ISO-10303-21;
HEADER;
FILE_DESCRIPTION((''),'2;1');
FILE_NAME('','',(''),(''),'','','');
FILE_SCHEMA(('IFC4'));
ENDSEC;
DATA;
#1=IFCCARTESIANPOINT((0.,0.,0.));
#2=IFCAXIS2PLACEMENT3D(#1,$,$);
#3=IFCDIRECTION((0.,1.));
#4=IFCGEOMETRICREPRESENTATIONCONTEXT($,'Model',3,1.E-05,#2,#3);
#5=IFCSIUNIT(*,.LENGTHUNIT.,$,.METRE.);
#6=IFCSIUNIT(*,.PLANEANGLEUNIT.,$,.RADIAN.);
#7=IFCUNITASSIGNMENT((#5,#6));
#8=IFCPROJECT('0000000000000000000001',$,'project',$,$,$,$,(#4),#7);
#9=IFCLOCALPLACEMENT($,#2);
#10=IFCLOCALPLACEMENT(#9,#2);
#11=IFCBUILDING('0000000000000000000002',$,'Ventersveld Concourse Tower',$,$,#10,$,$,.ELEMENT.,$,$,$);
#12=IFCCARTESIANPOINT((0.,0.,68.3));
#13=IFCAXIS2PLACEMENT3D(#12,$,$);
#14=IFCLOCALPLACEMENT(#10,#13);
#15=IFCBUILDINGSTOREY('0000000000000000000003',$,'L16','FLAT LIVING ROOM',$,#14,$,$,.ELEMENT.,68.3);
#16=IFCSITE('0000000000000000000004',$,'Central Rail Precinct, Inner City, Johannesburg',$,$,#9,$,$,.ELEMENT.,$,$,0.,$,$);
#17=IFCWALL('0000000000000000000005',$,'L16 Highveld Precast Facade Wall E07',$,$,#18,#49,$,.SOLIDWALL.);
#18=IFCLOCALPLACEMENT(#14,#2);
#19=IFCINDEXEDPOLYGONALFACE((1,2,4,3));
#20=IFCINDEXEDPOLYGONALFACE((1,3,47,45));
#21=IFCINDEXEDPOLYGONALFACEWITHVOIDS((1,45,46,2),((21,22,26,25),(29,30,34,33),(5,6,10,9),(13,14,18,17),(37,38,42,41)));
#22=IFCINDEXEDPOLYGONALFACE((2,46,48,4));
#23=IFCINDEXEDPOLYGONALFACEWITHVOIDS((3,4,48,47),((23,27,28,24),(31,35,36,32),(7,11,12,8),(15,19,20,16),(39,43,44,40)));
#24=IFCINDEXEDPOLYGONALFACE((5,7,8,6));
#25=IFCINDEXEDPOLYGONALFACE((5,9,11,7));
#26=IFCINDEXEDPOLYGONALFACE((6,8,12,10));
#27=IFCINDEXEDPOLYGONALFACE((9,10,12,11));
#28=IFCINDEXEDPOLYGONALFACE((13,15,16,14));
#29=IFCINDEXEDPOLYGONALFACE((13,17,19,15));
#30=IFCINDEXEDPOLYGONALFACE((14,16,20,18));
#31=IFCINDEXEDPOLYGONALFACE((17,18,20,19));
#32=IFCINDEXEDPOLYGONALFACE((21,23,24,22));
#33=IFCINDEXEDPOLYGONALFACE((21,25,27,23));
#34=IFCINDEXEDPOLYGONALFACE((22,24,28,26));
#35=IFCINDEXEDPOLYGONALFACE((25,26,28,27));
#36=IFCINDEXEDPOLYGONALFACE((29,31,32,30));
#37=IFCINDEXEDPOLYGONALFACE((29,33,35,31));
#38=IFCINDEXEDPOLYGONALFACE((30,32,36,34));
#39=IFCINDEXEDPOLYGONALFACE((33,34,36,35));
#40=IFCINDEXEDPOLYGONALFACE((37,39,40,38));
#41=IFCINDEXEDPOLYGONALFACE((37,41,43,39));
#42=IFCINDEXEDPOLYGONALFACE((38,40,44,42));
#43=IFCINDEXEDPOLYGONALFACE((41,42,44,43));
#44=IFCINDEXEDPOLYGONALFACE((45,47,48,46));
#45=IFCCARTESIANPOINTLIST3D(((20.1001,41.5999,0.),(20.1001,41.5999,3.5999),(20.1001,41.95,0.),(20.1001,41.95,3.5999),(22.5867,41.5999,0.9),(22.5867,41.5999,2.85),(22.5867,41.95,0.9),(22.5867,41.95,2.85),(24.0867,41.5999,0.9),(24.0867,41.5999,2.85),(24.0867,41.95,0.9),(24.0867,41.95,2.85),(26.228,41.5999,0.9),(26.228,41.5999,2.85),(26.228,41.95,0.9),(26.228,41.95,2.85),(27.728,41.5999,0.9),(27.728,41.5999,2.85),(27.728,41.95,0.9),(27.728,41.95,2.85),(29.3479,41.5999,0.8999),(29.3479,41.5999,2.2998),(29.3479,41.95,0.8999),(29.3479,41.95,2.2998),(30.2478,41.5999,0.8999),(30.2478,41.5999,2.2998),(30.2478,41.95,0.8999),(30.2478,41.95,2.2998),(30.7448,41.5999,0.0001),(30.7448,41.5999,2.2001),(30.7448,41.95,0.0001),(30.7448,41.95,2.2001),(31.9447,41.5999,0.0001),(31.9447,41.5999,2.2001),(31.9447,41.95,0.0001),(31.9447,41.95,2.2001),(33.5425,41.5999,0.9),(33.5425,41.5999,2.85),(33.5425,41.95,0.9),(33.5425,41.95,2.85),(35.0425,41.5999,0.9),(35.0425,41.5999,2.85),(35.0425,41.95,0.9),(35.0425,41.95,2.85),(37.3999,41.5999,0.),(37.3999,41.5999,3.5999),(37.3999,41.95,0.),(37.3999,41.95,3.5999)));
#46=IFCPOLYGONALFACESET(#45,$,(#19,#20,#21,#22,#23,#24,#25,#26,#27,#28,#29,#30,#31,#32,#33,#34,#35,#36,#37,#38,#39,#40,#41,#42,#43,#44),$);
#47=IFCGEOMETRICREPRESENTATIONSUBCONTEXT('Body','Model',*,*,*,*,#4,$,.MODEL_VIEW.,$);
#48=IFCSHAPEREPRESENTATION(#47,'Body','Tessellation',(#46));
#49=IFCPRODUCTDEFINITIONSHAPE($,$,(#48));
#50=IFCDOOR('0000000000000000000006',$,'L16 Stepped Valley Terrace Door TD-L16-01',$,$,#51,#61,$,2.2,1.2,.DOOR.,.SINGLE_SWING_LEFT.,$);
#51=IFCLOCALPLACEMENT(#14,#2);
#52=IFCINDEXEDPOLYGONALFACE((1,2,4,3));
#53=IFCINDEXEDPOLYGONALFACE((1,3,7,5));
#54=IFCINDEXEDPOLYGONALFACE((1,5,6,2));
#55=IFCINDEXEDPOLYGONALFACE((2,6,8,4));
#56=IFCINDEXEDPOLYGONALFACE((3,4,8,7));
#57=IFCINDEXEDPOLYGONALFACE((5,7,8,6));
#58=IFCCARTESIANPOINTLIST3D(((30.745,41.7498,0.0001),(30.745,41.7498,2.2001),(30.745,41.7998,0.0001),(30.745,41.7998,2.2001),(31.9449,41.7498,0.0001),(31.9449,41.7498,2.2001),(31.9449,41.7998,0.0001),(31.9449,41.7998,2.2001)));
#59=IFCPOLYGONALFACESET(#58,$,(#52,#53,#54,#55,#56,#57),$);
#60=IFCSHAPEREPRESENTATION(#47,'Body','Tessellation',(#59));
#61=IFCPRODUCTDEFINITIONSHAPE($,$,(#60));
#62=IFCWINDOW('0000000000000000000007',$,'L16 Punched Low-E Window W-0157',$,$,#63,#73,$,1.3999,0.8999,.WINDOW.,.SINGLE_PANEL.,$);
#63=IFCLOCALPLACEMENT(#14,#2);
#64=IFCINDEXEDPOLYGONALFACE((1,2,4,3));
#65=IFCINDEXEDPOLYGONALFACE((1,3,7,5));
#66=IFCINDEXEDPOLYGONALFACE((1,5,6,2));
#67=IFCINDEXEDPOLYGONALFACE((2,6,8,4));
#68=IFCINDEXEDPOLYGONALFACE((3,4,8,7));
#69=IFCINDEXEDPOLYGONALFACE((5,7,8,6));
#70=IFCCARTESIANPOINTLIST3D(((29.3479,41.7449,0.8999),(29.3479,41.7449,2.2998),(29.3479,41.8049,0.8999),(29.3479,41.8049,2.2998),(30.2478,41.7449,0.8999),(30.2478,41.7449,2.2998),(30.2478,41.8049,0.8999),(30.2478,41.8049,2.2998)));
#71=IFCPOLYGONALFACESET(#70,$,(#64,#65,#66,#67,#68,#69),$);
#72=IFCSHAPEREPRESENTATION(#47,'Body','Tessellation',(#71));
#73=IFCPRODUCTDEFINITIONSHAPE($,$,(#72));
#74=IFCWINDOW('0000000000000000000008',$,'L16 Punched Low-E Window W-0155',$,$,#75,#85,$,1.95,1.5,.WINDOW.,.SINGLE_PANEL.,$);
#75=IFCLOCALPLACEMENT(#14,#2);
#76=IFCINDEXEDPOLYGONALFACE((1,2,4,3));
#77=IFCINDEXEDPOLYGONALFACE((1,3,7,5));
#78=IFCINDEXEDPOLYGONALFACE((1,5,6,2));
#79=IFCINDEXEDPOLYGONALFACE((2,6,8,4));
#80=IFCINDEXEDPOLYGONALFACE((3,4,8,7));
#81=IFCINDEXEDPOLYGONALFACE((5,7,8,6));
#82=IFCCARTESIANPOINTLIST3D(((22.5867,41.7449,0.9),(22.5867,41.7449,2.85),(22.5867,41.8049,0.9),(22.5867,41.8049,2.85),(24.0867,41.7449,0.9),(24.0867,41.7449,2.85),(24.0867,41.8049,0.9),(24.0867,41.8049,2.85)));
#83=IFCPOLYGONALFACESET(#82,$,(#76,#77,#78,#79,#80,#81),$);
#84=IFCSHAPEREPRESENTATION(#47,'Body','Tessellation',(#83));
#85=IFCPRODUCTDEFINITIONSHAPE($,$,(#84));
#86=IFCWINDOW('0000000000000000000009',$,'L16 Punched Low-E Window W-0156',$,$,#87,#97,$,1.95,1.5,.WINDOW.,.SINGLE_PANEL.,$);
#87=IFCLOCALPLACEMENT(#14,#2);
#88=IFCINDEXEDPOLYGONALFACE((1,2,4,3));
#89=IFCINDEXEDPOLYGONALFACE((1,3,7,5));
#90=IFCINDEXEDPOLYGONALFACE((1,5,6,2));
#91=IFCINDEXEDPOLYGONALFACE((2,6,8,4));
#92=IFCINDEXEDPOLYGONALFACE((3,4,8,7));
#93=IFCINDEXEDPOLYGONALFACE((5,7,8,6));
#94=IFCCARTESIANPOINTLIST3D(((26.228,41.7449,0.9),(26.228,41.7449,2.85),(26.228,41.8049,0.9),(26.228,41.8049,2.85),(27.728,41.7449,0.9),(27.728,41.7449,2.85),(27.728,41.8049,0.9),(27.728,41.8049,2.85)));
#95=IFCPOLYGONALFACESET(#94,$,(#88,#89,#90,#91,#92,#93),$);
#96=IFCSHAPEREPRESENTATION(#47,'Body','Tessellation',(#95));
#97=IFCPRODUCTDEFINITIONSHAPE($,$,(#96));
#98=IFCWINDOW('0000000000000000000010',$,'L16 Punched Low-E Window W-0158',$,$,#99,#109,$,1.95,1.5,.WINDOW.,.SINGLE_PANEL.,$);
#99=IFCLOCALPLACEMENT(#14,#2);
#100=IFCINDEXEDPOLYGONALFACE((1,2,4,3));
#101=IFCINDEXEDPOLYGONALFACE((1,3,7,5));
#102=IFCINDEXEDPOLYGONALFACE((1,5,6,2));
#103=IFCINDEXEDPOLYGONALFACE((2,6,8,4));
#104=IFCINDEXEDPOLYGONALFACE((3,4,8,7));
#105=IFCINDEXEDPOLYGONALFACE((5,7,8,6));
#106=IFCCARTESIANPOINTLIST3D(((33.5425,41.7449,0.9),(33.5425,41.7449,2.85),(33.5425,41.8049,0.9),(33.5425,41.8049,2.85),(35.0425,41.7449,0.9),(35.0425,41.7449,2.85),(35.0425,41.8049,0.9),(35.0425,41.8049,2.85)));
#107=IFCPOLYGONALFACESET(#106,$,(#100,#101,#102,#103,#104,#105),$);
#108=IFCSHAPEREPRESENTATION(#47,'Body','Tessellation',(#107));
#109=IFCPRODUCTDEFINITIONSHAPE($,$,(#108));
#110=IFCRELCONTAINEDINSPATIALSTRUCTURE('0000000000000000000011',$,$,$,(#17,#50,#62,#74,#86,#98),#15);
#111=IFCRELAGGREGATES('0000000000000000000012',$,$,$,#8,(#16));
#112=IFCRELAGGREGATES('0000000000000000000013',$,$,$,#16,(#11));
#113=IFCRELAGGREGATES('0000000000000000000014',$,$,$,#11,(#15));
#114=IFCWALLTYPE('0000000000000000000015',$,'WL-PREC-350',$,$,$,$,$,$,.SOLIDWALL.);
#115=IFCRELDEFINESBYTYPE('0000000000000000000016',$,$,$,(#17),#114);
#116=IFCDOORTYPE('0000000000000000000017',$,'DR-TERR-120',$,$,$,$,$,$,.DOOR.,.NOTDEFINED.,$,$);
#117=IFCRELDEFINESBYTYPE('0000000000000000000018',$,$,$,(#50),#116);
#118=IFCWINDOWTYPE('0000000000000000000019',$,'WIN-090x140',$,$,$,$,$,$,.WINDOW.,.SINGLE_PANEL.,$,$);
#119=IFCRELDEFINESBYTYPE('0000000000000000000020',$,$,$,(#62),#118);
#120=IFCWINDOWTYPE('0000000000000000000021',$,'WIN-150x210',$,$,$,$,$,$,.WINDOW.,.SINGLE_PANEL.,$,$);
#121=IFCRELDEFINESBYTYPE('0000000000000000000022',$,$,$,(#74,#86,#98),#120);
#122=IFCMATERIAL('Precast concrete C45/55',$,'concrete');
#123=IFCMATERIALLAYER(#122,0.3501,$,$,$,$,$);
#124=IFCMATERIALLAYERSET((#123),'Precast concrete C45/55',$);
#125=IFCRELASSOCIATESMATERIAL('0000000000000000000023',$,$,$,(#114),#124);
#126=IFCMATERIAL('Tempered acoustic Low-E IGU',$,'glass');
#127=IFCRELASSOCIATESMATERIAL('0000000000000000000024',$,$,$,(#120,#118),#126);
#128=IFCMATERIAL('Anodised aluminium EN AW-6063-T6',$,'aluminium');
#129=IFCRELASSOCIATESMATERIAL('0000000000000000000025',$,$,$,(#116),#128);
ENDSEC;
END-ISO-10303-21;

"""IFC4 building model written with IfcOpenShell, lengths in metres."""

from ifc_helpers import new_model, si_unit, direction, frame, frame_2d, origin, place, context, subcontext, project, spatial, rectangle, extrude, material, layer, layer_set, type_object, element, fill, save


model = new_model("IFC4")

# Units and contexts
model_context = context("Model", 3, precision=1e-05, world=origin(), true_north=direction((0.0, 1.0)))
body_context = subcontext(model_context, "Body", "Model", "MODEL_VIEW")
ifc_project = project(units=[si_unit("LENGTHUNIT", "METRE"), si_unit("PLANEANGLEUNIT", "RADIAN")], contexts=[model_context])

# Site, building, storey
site_placement = place(None, origin())
site = spatial("IfcSite", under=ifc_project, at=site_placement, Name="Central Rail Precinct, Inner City, Johannesburg", CompositionType="ELEMENT", RefElevation=0.0)
building_placement = place(site_placement, origin())
building = spatial("IfcBuilding", under=site, at=building_placement, Name="Ventersveld Concourse Tower", CompositionType="ELEMENT")
storey_placement = place(building_placement, frame((0.0, 0.0, 68.3)))
storey = spatial("IfcBuildingStorey", under=building, at=storey_placement, Name="L16", Description="FLAT LIVING ROOM", CompositionType="ELEMENT", Elevation=68.3)

# Shared definitions
ifc_material_1 = material(Name="Precast concrete C45/55", Category="concrete")

# Shared definitions
ifc_layer_1 = layer(ifc_material_1, 0.3501)
ifc_layer_set_1 = layer_set([ifc_layer_1], Name="Precast concrete C45/55")
wall_type_1 = type_object("IfcWallType", Name="WL-PREC-350", PredefinedType="SOLIDWALL", material=ifc_layer_set_1)

# Shared definitions
ifc_material_2 = material(Name="Tempered acoustic Low-E IGU", Category="glass")
window_type_1 = type_object("IfcWindowType", Name="WIN-150x210", PartitioningType="SINGLE_PANEL", PredefinedType="WINDOW", material=ifc_material_2)

# Wall, openings, door, windows
wall_1_placement = place(storey_placement, frame((37.3999, 41.7749, 0.0), z_axis=(0.0, 0.0, 1.0), x_axis=(-1.0, 0.0, 0.0)))
wall_1 = element("IfcWall", 1, at=wall_1_placement, inside=storey, type_object=wall_type_1, Name="L16 Highveld Precast Facade Wall E07", PredefinedType="SOLIDWALL", context=body_context, shape_type="SweptSolid", body=[
    extrude(rectangle(XDim=17.2998, YDim=0.3501, at=frame_2d((8.6499, 0.0))), origin(), (0.0, 0.0, 1.0), 3.5999),
])
opening_1_placement = place(wall_1_placement, frame((5.4551, 0.0, 0.0)))
opening_1 = element("IfcOpeningElement", 2, at=opening_1_placement, cuts=wall_1, PredefinedType="OPENING", context=body_context, shape_type="SweptSolid", body=[
    extrude(rectangle(XDim=1.2, YDim=2.2, at=frame_2d((0.6001, 1.1001))), frame((0.0, 0.1851, 0.0), z_axis=(0.0, -1.0, 0.0), x_axis=(1.0, 0.0, 0.0)), (0.0, 0.0, 1.0), 0.3701),
])
opening_2_placement = place(wall_1_placement, frame((13.3132, 0.0, 0.8999)))
opening_2 = element("IfcOpeningElement", 3, at=opening_2_placement, cuts=wall_1, PredefinedType="OPENING", context=body_context, shape_type="SweptSolid", body=[
    extrude(rectangle(XDim=1.5, YDim=1.95, at=frame_2d((0.75, 0.9751))), frame((0.0, 0.1851, 0.0), z_axis=(0.0, -1.0, 0.0), x_axis=(1.0, 0.0, 0.0)), (0.0, 0.0, 1.0), 0.3701),
])
opening_3_placement = place(wall_1_placement, frame((9.6719, 0.0, 0.8999)))
opening_3 = element("IfcOpeningElement", 4, at=opening_3_placement, cuts=wall_1, PredefinedType="OPENING", context=body_context, shape_type="SweptSolid", body=[
    extrude(rectangle(XDim=1.5, YDim=1.95, at=frame_2d((0.75, 0.9751))), frame((0.0, 0.1851, 0.0), z_axis=(0.0, -1.0, 0.0), x_axis=(1.0, 0.0, 0.0)), (0.0, 0.0, 1.0), 0.3701),
])
opening_4_placement = place(wall_1_placement, frame((7.1521, 0.0, 0.8999)))
opening_4 = element("IfcOpeningElement", 5, at=opening_4_placement, cuts=wall_1, PredefinedType="OPENING", context=body_context, shape_type="SweptSolid", body=[
    extrude(rectangle(XDim=0.8999, YDim=1.3999, at=frame_2d((0.45, 0.7))), frame((0.0, 0.1851, 0.0), z_axis=(0.0, -1.0, 0.0), x_axis=(1.0, 0.0, 0.0)), (0.0, 0.0, 1.0), 0.3701),
])
opening_5_placement = place(wall_1_placement, frame((2.3574, 0.0, 0.8999)))
opening_5 = element("IfcOpeningElement", 6, at=opening_5_placement, cuts=wall_1, PredefinedType="OPENING", context=body_context, shape_type="SweptSolid", body=[
    extrude(rectangle(XDim=1.5, YDim=1.95, at=frame_2d((0.75, 0.9751))), frame((0.0, 0.1851, 0.0), z_axis=(0.0, -1.0, 0.0), x_axis=(1.0, 0.0, 0.0)), (0.0, 0.0, 1.0), 0.3701),
])
ifc_material_3 = material(Name="Anodised aluminium EN AW-6063-T6", Category="aluminium")
door_type_1 = type_object("IfcDoorType", Name="DR-TERR-120", OperationType="NOTDEFINED", PredefinedType="DOOR", material=ifc_material_3)
door_1_placement = place(opening_1_placement, frame((1.2, 0.0, 0.0), z_axis=(0.0, 0.0, 1.0), x_axis=(-1.0, 0.0, 0.0)))
door_1 = element("IfcDoor", 7, at=door_1_placement, inside=storey, type_object=door_type_1, Name="L16 Stepped Valley Terrace Door TD-L16-01", OperationType="SINGLE_SWING_LEFT", OverallHeight=2.2, OverallWidth=1.2, PredefinedType="DOOR", context=body_context, shape_type="SweptSolid", body=[
    extrude(rectangle(XDim=1.2, YDim=2.2, at=frame_2d((0.6001, 1.1001))), frame((0.0, 0.0249, 0.0), z_axis=(0.0, -1.0, 0.0), x_axis=(1.0, 0.0, 0.0)), (0.0, 0.0, 1.0), 0.05),
])
fill(opening_1, door_1)
window_type_2 = type_object("IfcWindowType", Name="WIN-090x140", PartitioningType="SINGLE_PANEL", PredefinedType="WINDOW", material=ifc_material_2)
window_1_placement = place(opening_4_placement, origin())
window_1 = element("IfcWindow", 8, at=window_1_placement, inside=storey, type_object=window_type_2, Name="L16 Punched Low-E Window W-0157", OverallHeight=1.3999, OverallWidth=0.8999, PartitioningType="SINGLE_PANEL", PredefinedType="WINDOW", context=body_context, shape_type="SweptSolid", body=[
    extrude(rectangle(XDim=0.8999, YDim=1.3999, at=frame_2d((0.45, 0.7))), frame((0.0, 0.03, 0.0), z_axis=(0.0, -1.0, 0.0), x_axis=(1.0, 0.0, 0.0)), (0.0, 0.0, 1.0), 0.0601),
])
fill(opening_4, window_1)
window_2_placement = place(opening_2_placement, origin())
window_2 = element("IfcWindow", 9, at=window_2_placement, inside=storey, type_object=window_type_1, Name="L16 Punched Low-E Window W-0155", OverallHeight=1.95, OverallWidth=1.5, PartitioningType="SINGLE_PANEL", PredefinedType="WINDOW", context=body_context, shape_type="SweptSolid", body=[
    extrude(rectangle(XDim=1.5, YDim=1.95, at=frame_2d((0.75, 0.9751))), frame((0.0, 0.03, 0.0), z_axis=(0.0, -1.0, 0.0), x_axis=(1.0, 0.0, 0.0)), (0.0, 0.0, 1.0), 0.0601),
])
fill(opening_2, window_2)
window_3_placement = place(opening_3_placement, origin())
window_3 = element("IfcWindow", 10, at=window_3_placement, inside=storey, type_object=window_type_1, Name="L16 Punched Low-E Window W-0156", OverallHeight=1.95, OverallWidth=1.5, PartitioningType="SINGLE_PANEL", PredefinedType="WINDOW", context=body_context, shape_type="SweptSolid", body=[
    extrude(rectangle(XDim=1.5, YDim=1.95, at=frame_2d((0.75, 0.9751))), frame((0.0, 0.03, 0.0), z_axis=(0.0, -1.0, 0.0), x_axis=(1.0, 0.0, 0.0)), (0.0, 0.0, 1.0), 0.0601),
])
fill(opening_3, window_3)
window_4_placement = place(opening_5_placement, origin())
window_4 = element("IfcWindow", 11, at=window_4_placement, inside=storey, type_object=window_type_1, Name="L16 Punched Low-E Window W-0158", OverallHeight=1.95, OverallWidth=1.5, PartitioningType="SINGLE_PANEL", PredefinedType="WINDOW", context=body_context, shape_type="SweptSolid", body=[
    extrude(rectangle(XDim=1.5, YDim=1.95, at=frame_2d((0.75, 0.9751))), frame((0.0, 0.03, 0.0), z_axis=(0.0, -1.0, 0.0), x_axis=(1.0, 0.0, 0.0)), (0.0, 0.0, 1.0), 0.0601),
])
fill(opening_5, window_4)

save(model, "model.ifc")
